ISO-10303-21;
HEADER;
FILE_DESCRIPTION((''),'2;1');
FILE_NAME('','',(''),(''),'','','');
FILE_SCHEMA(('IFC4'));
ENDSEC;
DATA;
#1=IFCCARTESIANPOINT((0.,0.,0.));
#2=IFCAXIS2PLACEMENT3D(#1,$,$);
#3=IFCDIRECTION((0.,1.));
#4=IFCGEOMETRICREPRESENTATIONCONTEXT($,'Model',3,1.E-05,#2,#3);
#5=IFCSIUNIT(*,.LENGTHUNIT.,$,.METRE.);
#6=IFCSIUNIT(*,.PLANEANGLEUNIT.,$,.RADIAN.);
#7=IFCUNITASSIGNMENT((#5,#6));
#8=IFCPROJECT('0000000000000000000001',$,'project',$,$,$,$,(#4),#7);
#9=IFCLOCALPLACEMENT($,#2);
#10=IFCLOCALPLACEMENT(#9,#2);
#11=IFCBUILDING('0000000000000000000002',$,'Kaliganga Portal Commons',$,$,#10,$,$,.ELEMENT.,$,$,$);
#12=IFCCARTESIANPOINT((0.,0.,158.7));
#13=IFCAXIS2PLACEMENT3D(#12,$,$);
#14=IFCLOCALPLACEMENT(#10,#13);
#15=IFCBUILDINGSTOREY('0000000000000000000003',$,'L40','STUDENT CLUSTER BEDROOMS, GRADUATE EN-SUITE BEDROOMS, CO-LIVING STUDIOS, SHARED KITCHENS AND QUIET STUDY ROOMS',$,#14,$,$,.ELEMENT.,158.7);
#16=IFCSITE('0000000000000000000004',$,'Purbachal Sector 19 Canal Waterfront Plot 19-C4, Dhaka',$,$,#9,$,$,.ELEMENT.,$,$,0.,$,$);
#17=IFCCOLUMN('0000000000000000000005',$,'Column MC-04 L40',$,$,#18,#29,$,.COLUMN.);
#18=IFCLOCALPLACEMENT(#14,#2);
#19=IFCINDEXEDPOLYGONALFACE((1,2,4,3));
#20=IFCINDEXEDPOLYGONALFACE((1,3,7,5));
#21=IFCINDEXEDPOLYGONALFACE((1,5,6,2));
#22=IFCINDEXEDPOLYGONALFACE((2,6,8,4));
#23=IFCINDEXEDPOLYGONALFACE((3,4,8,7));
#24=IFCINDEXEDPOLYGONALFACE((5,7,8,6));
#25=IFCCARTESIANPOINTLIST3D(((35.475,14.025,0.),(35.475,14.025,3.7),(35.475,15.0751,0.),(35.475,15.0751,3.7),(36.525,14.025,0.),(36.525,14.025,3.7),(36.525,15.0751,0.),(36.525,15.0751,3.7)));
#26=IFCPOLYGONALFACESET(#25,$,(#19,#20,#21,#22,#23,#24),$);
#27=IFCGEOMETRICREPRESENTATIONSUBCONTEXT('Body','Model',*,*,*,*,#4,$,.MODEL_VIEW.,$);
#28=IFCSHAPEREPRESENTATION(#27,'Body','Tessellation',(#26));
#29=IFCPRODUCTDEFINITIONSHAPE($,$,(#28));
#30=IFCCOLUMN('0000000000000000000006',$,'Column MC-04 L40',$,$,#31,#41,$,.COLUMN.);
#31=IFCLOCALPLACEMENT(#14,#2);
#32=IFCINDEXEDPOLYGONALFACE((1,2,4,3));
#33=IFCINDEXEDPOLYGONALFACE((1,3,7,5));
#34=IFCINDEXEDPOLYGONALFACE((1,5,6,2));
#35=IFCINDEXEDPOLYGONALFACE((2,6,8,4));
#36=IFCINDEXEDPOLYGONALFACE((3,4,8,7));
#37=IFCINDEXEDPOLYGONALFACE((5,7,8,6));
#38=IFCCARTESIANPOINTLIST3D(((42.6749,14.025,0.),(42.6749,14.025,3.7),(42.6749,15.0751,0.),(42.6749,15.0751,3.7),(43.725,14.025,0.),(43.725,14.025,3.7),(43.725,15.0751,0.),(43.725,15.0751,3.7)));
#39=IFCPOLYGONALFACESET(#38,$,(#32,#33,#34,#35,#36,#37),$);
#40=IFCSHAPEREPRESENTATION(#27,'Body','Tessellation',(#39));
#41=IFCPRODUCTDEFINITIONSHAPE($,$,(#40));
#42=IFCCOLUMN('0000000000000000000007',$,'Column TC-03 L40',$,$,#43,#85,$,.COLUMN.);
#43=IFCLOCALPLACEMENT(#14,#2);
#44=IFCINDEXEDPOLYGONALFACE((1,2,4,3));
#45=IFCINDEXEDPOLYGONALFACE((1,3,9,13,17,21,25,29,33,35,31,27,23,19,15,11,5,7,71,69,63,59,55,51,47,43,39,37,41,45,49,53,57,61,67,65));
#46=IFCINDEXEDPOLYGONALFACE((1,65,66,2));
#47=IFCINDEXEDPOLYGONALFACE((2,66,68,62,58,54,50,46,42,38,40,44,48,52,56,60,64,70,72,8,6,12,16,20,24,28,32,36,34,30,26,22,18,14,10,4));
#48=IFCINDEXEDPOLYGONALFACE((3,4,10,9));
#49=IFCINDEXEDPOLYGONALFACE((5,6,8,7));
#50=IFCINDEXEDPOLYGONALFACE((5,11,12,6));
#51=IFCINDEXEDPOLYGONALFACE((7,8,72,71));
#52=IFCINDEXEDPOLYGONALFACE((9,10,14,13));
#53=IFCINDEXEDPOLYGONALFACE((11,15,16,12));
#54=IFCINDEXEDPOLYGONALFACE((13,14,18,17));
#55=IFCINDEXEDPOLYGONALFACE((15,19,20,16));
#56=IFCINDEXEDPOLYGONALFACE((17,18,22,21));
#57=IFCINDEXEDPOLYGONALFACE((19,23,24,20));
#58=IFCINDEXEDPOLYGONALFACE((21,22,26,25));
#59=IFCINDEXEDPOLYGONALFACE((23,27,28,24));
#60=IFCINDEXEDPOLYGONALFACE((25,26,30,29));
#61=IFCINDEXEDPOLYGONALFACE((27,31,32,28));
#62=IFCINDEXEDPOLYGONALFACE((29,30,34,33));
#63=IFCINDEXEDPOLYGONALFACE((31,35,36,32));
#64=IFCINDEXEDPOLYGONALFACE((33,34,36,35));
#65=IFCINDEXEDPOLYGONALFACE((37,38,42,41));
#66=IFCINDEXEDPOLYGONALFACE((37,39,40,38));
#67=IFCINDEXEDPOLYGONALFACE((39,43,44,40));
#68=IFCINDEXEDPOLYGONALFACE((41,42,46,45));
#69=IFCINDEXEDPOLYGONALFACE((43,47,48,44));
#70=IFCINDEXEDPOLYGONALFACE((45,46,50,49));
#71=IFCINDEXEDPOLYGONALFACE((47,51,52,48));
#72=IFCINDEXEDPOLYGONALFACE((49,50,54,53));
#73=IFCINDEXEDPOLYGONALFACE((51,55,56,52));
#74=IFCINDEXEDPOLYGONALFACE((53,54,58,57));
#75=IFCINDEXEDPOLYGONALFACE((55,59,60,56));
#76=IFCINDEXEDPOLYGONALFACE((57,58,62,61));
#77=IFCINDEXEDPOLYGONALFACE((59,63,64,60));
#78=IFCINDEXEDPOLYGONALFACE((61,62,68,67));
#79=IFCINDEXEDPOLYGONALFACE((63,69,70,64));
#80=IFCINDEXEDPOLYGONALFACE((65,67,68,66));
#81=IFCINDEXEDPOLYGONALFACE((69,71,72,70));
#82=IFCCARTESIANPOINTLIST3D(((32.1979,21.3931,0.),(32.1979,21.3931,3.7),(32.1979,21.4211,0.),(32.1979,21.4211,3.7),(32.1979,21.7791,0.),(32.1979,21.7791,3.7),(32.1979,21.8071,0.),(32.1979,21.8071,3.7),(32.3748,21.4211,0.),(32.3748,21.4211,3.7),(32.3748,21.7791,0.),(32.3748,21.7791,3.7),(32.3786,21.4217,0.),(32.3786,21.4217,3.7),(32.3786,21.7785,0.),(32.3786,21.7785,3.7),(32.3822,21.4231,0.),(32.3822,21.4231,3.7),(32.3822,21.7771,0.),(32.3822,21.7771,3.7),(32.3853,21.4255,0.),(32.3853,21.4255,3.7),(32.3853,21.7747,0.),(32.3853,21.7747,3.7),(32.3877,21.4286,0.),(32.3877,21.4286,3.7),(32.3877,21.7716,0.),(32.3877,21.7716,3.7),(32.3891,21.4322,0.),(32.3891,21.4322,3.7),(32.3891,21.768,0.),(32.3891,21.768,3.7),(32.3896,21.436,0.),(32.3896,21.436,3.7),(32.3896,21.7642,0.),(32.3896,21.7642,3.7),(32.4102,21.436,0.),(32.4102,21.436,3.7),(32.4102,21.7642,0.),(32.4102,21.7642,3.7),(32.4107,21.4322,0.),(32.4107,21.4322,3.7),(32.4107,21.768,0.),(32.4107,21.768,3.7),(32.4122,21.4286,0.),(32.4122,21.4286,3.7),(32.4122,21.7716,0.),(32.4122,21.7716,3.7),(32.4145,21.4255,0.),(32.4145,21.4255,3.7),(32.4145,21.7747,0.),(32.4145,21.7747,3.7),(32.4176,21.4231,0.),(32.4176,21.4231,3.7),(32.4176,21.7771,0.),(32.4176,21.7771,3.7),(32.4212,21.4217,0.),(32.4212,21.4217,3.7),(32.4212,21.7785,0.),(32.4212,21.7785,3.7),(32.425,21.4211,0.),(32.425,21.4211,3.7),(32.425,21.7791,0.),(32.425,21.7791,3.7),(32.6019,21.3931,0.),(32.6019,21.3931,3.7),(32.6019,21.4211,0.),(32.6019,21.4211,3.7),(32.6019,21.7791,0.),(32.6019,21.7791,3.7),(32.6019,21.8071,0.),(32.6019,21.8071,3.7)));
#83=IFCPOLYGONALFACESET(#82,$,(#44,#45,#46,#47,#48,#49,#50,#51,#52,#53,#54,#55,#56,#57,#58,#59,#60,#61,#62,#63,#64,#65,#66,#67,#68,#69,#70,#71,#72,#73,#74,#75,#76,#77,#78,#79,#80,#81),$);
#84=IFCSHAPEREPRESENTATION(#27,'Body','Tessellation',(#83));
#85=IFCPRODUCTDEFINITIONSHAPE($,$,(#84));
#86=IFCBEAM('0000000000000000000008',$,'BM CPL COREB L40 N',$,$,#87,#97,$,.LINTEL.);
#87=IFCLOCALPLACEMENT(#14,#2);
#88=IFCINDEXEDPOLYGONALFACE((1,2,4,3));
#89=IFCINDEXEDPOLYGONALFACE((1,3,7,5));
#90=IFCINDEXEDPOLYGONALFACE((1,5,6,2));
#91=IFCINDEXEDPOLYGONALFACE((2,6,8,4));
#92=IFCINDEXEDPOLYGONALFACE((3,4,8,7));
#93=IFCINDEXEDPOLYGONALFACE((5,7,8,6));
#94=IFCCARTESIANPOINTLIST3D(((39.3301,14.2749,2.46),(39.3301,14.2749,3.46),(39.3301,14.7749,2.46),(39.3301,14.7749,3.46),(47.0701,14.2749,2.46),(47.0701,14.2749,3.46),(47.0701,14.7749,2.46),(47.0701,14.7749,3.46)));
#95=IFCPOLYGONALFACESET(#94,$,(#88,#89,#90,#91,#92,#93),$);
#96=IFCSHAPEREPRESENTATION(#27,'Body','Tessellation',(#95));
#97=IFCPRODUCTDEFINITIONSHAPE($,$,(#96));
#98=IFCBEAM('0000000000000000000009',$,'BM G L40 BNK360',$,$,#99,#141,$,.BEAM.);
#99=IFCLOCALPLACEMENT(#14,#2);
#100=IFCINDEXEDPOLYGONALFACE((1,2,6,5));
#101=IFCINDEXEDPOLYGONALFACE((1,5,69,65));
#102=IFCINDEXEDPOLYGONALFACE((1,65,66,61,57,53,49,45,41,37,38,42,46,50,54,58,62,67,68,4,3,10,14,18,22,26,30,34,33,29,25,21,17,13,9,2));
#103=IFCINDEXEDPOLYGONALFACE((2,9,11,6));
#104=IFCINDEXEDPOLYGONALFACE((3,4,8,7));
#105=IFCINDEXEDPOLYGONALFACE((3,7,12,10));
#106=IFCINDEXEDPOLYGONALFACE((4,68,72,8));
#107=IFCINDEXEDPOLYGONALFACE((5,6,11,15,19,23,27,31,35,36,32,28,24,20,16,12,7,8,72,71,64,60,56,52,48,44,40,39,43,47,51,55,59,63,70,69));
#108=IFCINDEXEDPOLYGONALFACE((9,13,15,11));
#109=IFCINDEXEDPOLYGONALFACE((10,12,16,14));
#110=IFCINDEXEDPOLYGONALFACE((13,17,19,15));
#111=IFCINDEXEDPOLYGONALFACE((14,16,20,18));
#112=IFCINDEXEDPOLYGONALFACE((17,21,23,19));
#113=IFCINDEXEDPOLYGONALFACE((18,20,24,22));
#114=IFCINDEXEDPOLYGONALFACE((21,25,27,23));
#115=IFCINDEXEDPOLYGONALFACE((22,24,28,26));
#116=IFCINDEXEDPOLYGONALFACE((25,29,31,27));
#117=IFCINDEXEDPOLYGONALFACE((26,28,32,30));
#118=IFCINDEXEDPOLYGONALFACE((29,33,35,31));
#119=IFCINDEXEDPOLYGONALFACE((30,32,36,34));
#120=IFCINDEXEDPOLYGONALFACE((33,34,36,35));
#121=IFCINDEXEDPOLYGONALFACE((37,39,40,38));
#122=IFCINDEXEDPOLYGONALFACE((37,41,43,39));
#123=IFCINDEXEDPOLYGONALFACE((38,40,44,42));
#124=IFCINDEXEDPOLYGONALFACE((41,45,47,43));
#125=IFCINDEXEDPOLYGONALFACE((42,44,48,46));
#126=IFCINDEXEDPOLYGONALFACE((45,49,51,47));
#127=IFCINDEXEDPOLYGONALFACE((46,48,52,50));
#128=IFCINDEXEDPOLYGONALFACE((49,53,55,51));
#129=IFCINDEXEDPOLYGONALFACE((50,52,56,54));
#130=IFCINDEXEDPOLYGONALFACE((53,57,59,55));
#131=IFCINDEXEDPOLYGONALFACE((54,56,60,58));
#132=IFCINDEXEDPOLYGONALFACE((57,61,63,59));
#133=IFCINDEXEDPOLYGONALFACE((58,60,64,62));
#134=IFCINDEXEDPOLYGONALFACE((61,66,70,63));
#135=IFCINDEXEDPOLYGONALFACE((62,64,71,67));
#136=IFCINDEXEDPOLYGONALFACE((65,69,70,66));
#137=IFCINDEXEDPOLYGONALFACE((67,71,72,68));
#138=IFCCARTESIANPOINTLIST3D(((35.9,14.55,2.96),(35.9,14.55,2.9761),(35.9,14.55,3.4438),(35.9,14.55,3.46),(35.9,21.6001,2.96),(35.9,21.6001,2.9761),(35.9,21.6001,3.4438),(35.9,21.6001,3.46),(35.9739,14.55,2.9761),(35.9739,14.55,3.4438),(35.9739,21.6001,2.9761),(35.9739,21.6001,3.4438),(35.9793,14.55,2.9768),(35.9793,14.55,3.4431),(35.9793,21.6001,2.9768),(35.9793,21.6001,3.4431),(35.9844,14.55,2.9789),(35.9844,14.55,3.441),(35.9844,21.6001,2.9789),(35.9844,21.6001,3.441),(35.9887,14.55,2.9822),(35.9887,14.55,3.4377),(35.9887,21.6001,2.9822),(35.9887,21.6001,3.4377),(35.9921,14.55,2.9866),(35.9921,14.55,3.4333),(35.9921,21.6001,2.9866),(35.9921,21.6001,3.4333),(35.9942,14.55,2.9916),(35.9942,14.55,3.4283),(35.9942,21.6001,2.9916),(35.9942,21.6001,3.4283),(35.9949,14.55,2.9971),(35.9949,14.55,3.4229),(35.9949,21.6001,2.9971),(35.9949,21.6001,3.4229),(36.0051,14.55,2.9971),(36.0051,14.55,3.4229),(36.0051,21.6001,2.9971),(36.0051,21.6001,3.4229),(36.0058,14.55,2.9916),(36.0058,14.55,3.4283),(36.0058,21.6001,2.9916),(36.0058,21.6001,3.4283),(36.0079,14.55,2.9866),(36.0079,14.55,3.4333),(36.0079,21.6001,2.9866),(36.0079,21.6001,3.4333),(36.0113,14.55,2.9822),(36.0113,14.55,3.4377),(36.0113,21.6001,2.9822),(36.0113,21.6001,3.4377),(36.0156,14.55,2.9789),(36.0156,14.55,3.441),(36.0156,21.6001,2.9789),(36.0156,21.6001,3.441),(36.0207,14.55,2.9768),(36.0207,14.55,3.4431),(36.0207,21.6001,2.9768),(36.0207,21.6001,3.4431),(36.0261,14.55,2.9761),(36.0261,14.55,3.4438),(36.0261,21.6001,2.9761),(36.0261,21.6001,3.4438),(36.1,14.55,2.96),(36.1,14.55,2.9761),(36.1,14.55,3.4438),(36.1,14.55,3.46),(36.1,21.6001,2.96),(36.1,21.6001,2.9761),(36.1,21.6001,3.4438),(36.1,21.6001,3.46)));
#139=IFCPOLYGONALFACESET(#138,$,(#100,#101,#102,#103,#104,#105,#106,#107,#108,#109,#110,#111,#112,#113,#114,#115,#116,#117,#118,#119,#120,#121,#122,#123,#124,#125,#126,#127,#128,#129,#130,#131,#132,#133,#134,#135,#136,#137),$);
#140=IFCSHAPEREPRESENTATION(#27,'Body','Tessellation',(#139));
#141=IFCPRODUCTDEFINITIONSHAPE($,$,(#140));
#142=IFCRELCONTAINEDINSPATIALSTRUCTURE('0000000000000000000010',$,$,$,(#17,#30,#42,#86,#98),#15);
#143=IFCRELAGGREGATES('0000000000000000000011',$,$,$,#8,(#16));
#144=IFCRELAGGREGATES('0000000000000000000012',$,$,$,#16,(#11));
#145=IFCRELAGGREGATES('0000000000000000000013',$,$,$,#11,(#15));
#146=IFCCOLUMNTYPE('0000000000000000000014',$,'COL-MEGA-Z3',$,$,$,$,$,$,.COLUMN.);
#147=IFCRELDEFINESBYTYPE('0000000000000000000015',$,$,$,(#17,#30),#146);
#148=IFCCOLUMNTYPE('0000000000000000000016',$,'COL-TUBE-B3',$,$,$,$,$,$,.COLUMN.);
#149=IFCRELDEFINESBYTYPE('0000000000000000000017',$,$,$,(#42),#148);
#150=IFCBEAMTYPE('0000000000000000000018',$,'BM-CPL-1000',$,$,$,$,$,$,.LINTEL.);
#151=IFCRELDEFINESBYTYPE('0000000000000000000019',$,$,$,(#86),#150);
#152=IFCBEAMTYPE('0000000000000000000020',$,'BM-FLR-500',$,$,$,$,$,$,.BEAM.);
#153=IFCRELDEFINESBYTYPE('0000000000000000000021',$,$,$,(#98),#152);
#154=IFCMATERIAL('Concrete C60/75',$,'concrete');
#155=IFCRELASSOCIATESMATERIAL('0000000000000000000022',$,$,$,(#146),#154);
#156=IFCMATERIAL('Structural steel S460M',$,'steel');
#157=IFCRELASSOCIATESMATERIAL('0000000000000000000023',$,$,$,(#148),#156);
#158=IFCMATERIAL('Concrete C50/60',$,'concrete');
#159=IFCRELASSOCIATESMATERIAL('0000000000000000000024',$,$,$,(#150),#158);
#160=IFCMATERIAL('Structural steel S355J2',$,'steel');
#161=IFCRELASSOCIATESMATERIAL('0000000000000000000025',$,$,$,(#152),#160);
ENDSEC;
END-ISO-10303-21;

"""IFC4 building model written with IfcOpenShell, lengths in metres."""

from ifc_helpers import new_model, si_unit, direction, frame, origin, origin_2d, place, context, subcontext, project, spatial, rectangle, i_section, extrude, source, transform, mapped, material, material_profile, profile_set, type_object, element, save


model = new_model("IFC4")

# Units and contexts
model_context = context("Model", 3, precision=1e-05, world=origin(), true_north=direction((0.0, 1.0)))
body_context = subcontext(model_context, "Body", "Model", "MODEL_VIEW")
ifc_project = project(units=[si_unit("LENGTHUNIT", "METRE"), si_unit("PLANEANGLEUNIT", "RADIAN")], contexts=[model_context])

# Site, building, storey
site_placement = place(None, origin())
site = spatial("IfcSite", under=ifc_project, at=site_placement, Name="Purbachal Sector 19 Canal Waterfront Plot 19-C4, Dhaka", CompositionType="ELEMENT", RefElevation=0.0)
building_placement = place(site_placement, origin())
building = spatial("IfcBuilding", under=site, at=building_placement, Name="Kaliganga Portal Commons", CompositionType="ELEMENT")
storey_placement = place(building_placement, frame((0.0, 0.0, 158.7)))
storey = spatial("IfcBuildingStorey", under=building, at=storey_placement, Name="L40", Description="STUDENT CLUSTER BEDROOMS, GRADUATE EN-SUITE BEDROOMS, CO-LIVING STUDIOS, SHARED KITCHENS AND QUIET STUDY ROOMS", CompositionType="ELEMENT", Elevation=158.7)

# Columns
ifc_material_1 = material(Name="Concrete C60/75", Category="concrete")
ifc_material_profile_1 = material_profile(ifc_material_1, rectangle(XDim=1.05, YDim=1.05, at=origin_2d()), Name="RC 1050x1050")
ifc_profile_set_1 = profile_set([ifc_material_profile_1], Name="Concrete C60/75")
column_type_1 = type_object("IfcColumnType", Name="COL-MEGA-Z3", PredefinedType="COLUMN", material=ifc_profile_set_1)
shared_shape_1 = source(origin(), body_context, "Body", "SweptSolid", [
    extrude(rectangle(XDim=1.05, YDim=1.05, at=origin_2d()), origin(), (0.0, 0.0, 1.0), 3.7),
])
for number, where, z_axis, x_axis, name in (
    (1, (36.0, 14.55, 0.0), (0.0, 0.0, 1.0), (1.0, 0.0, 0.0), "Column MC-04 L40"),
    (2, (43.2, 14.55, 0.0), (0.0, 0.0, 1.0), (1.0, 0.0, 0.0), "Column MC-04 L40"),
):
    element("IfcColumn", number, at=place(storey_placement, frame(where, z_axis=z_axis, x_axis=x_axis)), inside=storey, type_object=column_type_1, Name=name, PredefinedType="COLUMN", context=body_context, shape_type="MappedRepresentation", body=[
        mapped(shared_shape_1, transform((0.0, 0.0, 0.0), x_axis=(1.0, 0.0, 0.0), y_axis=(0.0, 1.0, 0.0), z_axis=(0.0, 0.0, 1.0), scale=1.0)),
    ])
ifc_material_2 = material(Name="Structural steel S460M", Category="steel")
ifc_material_profile_2 = material_profile(ifc_material_2, i_section(OverallWidth=0.4041, OverallDepth=0.4141, WebThickness=0.0205, FlangeThickness=0.0281, FilletRadius=0.0149, at=origin_2d()), Name="HD 400x347")
ifc_profile_set_2 = profile_set([ifc_material_profile_2], Name="Structural steel S460M wide-flange")
column_type_2 = type_object("IfcColumnType", Name="COL-TUBE-B3", PredefinedType="COLUMN", material=ifc_profile_set_2)
shared_shape_2 = source(origin(), body_context, "Body", "SweptSolid", [
    extrude(i_section(OverallWidth=0.4041, OverallDepth=0.4141, WebThickness=0.0205, FlangeThickness=0.0281, FilletRadius=0.0149, at=origin_2d()), origin(), (0.0, 0.0, 1.0), 3.7),
])
column_placement = place(storey_placement, frame((32.3999, 21.6001, 0.0), z_axis=(0.0, 0.0, 1.0), x_axis=(1.0, 0.0, 0.0)))
element("IfcColumn", 3, at=column_placement, inside=storey, type_object=column_type_2, Name="Column TC-03 L40", PredefinedType="COLUMN", context=body_context, shape_type="MappedRepresentation", body=[
    mapped(shared_shape_2, transform((0.0, 0.0, 0.0), x_axis=(1.0, 0.0, 0.0), y_axis=(0.0, 1.0, 0.0), z_axis=(0.0, 0.0, 1.0), scale=1.0)),
])

# Beams
ifc_material_3 = material(Name="Concrete C50/60", Category="concrete")
ifc_material_profile_3 = material_profile(ifc_material_3, rectangle(XDim=0.5, YDim=1.0, at=origin_2d()), Name="RC 500x1000")
ifc_profile_set_3 = profile_set([ifc_material_profile_3], Name="Concrete C50/60")
beam_type_1 = type_object("IfcBeamType", Name="BM-CPL-1000", PredefinedType="LINTEL", material=ifc_profile_set_3)
shared_shape_3 = source(origin(), body_context, "Body", "SweptSolid", [
    extrude(rectangle(XDim=0.5, YDim=1.0, at=origin_2d()), origin(), (0.0, 0.0, 1.0), 7.74),
])
beam_1_placement = place(storey_placement, frame((39.3301, 14.5249, 2.96), z_axis=(1.0, 0.0, 0.0), x_axis=(0.0, 1.0, 0.0)))
element("IfcBeam", 4, at=beam_1_placement, inside=storey, type_object=beam_type_1, Name="BM CPL COREB L40 N", PredefinedType="LINTEL", context=body_context, shape_type="MappedRepresentation", body=[
    mapped(shared_shape_3, transform((0.0, 0.0, 0.0), x_axis=(1.0, 0.0, 0.0), y_axis=(0.0, 1.0, 0.0), z_axis=(0.0, 0.0, 1.0), scale=1.0)),
])
ifc_material_4 = material(Name="Structural steel S355J2", Category="steel")
ifc_material_profile_4 = material_profile(ifc_material_4, i_section(OverallWidth=0.2, OverallDepth=0.5, WebThickness=0.0103, FlangeThickness=0.0161, FilletRadius=0.021, at=origin_2d()), Name="IPE 500")
ifc_profile_set_4 = profile_set([ifc_material_profile_4], Name="Structural steel S355J2 wide-flange")
beam_type_2 = type_object("IfcBeamType", Name="BM-FLR-500", PredefinedType="BEAM", material=ifc_profile_set_4)
shared_shape_4 = source(origin(), body_context, "Body", "SweptSolid", [
    extrude(i_section(OverallWidth=0.2, OverallDepth=0.5, WebThickness=0.0103, FlangeThickness=0.0161, FilletRadius=0.021, at=origin_2d()), origin(), (0.0, 0.0, 1.0), 7.05),
])
beam_2_placement = place(storey_placement, frame((36.0, 14.55, 3.21), z_axis=(0.0, 1.0, 0.0), x_axis=(-1.0, 0.0, 0.0)))
element("IfcBeam", 5, at=beam_2_placement, inside=storey, type_object=beam_type_2, Name="BM G L40 BNK360", PredefinedType="BEAM", context=body_context, shape_type="MappedRepresentation", body=[
    mapped(shared_shape_4, transform((0.0, 0.0, 0.0), x_axis=(1.0, 0.0, 0.0), y_axis=(0.0, 1.0, 0.0), z_axis=(0.0, 0.0, 1.0), scale=1.0)),
])

save(model, "model.ifc")
